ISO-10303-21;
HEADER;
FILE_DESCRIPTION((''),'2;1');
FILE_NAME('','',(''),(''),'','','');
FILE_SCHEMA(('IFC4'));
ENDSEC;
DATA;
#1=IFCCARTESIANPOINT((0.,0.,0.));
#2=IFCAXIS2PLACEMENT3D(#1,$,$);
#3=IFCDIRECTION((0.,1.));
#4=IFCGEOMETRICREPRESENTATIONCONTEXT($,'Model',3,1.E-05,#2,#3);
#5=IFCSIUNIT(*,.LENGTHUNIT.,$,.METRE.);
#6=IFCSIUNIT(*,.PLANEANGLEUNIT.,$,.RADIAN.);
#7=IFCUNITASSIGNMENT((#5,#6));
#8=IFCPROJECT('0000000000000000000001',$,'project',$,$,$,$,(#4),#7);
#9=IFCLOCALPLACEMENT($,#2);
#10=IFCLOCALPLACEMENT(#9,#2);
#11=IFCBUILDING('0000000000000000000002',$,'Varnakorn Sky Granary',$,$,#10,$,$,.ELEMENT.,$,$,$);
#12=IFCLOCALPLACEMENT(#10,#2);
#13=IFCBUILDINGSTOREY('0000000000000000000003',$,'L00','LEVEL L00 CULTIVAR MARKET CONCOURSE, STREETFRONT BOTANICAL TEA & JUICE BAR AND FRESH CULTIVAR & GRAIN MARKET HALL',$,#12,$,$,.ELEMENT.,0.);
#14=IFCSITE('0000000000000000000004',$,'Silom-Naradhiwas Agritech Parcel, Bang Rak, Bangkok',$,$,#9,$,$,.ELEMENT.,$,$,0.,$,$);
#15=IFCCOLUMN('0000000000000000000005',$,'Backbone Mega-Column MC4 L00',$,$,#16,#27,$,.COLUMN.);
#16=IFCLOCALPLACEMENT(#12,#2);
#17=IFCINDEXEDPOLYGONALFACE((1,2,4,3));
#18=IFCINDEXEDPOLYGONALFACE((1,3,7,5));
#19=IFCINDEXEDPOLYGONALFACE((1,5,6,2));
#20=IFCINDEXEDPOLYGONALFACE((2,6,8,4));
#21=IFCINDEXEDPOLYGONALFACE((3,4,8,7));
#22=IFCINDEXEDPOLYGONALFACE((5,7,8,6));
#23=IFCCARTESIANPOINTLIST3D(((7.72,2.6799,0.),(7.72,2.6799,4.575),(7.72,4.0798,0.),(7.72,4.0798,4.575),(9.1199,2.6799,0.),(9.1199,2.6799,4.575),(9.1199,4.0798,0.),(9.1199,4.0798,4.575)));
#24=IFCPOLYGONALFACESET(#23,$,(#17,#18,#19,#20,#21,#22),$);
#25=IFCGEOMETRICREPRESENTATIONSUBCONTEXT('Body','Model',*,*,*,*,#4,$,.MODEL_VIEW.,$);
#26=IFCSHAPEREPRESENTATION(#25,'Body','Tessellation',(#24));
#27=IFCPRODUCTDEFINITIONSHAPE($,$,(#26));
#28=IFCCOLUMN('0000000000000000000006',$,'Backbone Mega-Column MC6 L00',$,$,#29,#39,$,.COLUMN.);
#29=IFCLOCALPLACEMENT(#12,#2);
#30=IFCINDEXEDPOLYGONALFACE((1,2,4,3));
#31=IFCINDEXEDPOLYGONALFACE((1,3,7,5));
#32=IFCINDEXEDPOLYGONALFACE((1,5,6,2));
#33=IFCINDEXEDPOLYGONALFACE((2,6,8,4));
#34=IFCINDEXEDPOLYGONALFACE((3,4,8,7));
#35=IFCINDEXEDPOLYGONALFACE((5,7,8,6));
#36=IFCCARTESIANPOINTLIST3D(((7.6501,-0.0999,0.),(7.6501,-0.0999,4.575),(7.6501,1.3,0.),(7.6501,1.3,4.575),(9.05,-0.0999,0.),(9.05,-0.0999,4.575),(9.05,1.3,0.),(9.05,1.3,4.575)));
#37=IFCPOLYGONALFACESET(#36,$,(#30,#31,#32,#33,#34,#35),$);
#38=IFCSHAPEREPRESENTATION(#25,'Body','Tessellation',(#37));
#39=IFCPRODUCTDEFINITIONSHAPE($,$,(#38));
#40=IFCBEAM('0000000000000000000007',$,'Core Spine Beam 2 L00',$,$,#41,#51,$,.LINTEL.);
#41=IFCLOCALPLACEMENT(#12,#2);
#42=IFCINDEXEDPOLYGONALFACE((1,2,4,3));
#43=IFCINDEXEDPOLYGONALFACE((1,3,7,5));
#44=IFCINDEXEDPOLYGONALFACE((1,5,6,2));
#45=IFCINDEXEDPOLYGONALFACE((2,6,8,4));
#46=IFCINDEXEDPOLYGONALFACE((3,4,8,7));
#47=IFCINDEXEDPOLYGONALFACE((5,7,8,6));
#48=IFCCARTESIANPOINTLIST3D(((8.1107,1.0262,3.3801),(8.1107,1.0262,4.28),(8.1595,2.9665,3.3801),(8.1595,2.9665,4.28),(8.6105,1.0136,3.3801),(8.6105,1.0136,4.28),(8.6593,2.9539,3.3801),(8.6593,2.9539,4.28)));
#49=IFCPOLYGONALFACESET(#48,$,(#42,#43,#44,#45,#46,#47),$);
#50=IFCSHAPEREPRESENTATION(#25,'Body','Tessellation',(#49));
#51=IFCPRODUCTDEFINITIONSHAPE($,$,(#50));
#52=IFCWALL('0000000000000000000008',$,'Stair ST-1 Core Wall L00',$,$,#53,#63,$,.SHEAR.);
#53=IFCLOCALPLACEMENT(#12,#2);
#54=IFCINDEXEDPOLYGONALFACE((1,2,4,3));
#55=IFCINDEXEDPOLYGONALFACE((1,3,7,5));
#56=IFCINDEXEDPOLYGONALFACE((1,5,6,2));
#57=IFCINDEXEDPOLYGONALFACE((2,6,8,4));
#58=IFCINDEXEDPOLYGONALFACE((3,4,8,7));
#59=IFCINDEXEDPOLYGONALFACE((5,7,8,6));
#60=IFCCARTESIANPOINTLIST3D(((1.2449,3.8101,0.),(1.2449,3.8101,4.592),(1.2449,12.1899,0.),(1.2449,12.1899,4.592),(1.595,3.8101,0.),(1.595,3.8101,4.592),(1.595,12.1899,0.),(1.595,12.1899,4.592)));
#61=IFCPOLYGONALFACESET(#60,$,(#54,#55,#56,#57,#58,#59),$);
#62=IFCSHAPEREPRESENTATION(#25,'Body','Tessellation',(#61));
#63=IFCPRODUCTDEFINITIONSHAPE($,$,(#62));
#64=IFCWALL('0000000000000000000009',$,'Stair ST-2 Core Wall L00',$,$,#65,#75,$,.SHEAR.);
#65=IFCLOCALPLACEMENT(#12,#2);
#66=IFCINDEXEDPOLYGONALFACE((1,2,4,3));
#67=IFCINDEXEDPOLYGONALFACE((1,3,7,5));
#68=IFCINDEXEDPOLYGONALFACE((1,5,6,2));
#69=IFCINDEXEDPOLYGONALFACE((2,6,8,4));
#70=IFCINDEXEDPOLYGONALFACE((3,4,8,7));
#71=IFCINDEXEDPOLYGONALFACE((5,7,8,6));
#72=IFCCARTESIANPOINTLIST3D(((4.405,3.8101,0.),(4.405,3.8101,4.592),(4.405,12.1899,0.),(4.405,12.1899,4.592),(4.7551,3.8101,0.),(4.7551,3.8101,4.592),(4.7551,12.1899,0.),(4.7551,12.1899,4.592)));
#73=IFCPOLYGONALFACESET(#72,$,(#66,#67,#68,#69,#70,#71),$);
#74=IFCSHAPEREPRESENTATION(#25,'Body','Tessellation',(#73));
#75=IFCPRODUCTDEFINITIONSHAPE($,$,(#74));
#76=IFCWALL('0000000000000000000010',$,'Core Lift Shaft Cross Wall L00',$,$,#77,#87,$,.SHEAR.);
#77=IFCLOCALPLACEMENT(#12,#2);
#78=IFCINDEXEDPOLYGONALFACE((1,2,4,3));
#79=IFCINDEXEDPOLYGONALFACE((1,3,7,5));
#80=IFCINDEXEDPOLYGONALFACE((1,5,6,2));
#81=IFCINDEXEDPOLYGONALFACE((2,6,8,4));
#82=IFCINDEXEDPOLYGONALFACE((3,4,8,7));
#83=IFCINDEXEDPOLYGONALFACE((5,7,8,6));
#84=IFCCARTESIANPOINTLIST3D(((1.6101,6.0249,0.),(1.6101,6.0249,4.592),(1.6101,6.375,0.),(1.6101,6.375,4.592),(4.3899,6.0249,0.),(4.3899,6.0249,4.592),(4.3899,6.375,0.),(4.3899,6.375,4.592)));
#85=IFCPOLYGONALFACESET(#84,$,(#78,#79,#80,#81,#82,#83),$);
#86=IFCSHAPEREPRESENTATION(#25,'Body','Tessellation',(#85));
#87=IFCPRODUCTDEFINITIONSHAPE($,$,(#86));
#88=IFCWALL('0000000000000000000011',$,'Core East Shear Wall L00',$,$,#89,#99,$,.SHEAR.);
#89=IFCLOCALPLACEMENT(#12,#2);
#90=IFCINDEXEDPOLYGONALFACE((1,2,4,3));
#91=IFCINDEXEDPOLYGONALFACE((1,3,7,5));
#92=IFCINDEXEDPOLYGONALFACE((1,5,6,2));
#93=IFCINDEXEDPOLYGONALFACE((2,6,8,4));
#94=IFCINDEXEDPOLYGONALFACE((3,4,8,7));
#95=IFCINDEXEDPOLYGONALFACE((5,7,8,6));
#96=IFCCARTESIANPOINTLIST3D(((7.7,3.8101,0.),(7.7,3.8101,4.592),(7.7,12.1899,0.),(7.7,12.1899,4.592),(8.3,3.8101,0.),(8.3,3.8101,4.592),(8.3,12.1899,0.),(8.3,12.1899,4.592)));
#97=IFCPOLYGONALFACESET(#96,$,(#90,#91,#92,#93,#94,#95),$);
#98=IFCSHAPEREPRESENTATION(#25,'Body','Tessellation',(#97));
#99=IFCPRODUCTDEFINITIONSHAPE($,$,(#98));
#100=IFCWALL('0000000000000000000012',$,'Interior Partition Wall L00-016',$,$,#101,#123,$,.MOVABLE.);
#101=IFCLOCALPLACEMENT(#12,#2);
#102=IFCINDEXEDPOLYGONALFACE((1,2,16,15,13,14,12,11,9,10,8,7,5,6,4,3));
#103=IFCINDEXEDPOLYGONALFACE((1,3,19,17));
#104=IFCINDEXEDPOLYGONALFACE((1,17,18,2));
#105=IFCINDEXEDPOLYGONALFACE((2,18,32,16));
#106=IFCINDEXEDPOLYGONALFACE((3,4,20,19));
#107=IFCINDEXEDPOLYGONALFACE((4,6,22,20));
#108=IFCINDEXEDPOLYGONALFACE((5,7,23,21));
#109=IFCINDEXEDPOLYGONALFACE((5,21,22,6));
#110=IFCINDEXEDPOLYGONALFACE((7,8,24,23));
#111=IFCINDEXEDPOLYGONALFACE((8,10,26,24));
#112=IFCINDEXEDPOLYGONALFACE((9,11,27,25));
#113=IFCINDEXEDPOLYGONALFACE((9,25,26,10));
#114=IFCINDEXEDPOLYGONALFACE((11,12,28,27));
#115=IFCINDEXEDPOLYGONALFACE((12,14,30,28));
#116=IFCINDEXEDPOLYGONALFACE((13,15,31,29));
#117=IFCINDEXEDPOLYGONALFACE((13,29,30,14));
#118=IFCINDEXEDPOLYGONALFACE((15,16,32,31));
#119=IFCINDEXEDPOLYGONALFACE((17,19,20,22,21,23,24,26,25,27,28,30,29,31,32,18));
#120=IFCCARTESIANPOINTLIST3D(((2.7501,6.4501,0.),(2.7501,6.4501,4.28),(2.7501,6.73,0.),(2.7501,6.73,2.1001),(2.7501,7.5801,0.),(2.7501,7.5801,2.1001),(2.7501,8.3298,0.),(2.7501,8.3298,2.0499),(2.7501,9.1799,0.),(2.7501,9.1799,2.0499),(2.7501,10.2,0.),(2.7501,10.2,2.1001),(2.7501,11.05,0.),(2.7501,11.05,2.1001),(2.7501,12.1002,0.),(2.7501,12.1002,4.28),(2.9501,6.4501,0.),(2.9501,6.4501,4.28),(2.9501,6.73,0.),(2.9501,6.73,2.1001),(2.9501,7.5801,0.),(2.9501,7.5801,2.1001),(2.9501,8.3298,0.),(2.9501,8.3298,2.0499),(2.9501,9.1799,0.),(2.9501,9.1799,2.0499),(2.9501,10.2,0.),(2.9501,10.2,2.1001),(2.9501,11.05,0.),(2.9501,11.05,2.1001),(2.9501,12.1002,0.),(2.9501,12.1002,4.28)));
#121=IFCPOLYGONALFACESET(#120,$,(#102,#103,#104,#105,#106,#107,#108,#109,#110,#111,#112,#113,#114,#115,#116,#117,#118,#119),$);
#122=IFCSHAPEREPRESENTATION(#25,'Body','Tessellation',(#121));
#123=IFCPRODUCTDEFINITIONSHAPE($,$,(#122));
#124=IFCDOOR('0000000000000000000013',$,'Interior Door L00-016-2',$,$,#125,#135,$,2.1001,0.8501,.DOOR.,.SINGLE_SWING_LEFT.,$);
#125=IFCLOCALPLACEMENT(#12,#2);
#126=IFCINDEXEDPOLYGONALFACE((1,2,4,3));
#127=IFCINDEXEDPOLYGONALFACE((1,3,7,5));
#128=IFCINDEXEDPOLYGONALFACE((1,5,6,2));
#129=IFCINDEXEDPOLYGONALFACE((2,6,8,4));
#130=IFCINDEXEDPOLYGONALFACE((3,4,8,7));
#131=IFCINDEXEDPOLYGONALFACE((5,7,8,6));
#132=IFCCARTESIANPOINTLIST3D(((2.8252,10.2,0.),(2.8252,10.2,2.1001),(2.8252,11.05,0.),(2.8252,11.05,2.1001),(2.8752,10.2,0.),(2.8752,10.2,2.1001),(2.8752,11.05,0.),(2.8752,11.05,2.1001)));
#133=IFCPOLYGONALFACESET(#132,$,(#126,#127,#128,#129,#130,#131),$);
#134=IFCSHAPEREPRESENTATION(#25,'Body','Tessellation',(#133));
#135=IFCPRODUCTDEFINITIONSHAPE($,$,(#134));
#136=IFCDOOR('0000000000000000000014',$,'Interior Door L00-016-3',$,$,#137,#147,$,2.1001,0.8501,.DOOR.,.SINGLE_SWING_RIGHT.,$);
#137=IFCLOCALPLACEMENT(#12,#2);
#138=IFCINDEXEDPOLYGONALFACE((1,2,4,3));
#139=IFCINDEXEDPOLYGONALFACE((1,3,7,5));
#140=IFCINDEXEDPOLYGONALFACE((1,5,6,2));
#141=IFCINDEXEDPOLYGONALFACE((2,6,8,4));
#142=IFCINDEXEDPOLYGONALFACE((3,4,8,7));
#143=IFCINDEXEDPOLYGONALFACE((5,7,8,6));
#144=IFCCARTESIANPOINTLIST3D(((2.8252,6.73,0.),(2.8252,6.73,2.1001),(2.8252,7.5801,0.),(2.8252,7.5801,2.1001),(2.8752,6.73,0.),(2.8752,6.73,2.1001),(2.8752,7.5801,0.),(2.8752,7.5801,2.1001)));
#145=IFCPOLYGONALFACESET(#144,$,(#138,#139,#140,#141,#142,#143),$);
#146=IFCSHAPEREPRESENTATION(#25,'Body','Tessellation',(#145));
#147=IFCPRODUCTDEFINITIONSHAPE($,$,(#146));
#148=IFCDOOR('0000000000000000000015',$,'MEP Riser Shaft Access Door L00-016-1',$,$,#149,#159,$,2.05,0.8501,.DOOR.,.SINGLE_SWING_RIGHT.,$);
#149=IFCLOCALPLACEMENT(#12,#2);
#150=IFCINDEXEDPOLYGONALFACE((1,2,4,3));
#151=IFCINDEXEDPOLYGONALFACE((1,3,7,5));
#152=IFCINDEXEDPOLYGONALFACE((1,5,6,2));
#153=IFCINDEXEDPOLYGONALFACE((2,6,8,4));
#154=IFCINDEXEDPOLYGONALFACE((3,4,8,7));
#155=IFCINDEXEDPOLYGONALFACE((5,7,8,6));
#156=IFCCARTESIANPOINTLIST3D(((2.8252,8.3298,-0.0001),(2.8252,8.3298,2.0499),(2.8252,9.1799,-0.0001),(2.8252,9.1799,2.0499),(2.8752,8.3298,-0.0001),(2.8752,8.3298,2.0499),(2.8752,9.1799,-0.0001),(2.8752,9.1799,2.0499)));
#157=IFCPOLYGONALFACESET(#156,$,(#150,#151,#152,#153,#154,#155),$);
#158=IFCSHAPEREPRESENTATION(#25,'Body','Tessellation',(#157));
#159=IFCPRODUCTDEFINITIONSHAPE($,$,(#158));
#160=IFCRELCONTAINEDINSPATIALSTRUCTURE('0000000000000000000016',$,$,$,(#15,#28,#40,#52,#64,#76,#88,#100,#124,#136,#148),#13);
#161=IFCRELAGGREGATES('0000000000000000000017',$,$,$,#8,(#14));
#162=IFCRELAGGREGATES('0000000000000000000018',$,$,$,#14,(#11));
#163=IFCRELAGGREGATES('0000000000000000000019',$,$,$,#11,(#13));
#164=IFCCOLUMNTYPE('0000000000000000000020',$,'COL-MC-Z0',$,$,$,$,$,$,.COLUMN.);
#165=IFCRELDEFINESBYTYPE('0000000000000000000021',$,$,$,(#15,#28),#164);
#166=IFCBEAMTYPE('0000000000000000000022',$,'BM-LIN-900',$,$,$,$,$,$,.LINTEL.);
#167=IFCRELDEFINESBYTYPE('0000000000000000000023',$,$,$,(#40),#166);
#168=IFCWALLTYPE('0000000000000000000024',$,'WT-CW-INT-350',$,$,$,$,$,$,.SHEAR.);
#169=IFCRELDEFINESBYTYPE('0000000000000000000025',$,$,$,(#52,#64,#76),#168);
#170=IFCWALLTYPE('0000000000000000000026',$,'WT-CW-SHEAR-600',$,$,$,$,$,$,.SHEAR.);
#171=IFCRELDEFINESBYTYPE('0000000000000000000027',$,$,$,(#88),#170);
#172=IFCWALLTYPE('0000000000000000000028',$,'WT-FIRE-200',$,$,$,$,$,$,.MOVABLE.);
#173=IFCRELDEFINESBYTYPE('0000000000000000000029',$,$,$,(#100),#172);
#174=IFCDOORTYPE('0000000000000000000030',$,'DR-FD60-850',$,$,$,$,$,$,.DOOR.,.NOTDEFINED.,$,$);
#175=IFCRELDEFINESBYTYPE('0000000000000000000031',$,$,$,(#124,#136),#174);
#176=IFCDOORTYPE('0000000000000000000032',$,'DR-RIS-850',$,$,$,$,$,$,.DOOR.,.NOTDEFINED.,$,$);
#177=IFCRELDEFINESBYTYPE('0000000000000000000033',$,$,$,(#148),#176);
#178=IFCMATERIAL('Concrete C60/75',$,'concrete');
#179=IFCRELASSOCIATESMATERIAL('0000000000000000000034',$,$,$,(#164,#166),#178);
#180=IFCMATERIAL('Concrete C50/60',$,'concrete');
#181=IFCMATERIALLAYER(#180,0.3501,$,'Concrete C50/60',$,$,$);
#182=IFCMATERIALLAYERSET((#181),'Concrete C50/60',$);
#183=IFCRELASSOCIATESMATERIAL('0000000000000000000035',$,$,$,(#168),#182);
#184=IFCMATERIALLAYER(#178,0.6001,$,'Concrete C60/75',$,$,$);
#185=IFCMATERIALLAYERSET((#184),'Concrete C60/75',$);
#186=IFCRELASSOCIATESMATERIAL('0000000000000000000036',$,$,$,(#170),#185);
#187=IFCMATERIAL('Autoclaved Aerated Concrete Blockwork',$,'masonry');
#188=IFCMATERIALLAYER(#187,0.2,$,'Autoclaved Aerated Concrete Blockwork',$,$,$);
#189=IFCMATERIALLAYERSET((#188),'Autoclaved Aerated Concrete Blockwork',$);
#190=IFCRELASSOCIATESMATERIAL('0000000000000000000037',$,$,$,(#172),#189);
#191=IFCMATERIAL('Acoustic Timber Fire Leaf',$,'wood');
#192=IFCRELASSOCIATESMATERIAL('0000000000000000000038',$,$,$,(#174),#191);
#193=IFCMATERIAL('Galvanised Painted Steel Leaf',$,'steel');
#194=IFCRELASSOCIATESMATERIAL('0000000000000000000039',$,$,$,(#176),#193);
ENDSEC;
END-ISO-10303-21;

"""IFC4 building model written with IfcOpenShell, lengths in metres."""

from ifc_helpers import new_model, si_unit, direction, frame, frame_2d, origin, origin_2d, place, context, subcontext, project, spatial, rectangle, extrude, material, layer, layer_set, material_profile, profile_set, type_object, element, fill, save


model = new_model("IFC4")

# Units and contexts
model_context = context("Model", 3, precision=1e-05, world=origin(), true_north=direction((0.0, 1.0)))
body_context = subcontext(model_context, "Body", "Model", "MODEL_VIEW")
ifc_project = project(units=[si_unit("LENGTHUNIT", "METRE"), si_unit("PLANEANGLEUNIT", "RADIAN")], contexts=[model_context])

# Site, building, storey
site_placement = place(None, origin())
site = spatial("IfcSite", under=ifc_project, at=site_placement, Name="Silom-Naradhiwas Agritech Parcel, Bang Rak, Bangkok", CompositionType="ELEMENT", RefElevation=0.0)
building_placement = place(site_placement, origin())
building = spatial("IfcBuilding", under=site, at=building_placement, Name="Varnakorn Sky Granary", CompositionType="ELEMENT")
storey_placement = place(building_placement, origin())
storey = spatial("IfcBuildingStorey", under=building, at=storey_placement, Name="L00", Description="LEVEL L00 CULTIVAR MARKET CONCOURSE, STREETFRONT BOTANICAL TEA & JUICE BAR AND FRESH CULTIVAR & GRAIN MARKET HALL", CompositionType="ELEMENT", Elevation=0.0)

# Columns
ifc_material_1 = material(Name="Concrete C60/75", Category="concrete")
ifc_material_profile_1 = material_profile(ifc_material_1, rectangle(XDim=1.3999, YDim=1.3999, at=origin_2d()), Name="RC 1400x1400")
ifc_profile_set_1 = profile_set([ifc_material_profile_1], Name="Concrete C60/75")
column_type = type_object("IfcColumnType", Name="COL-MC-Z0", PredefinedType="COLUMN", material=ifc_profile_set_1)
for number, where, z_axis, x_axis, name in (
    (1, (8.4199, 3.3799, 0.0), (0.0, 0.0, 1.0), (1.0, 0.0, 0.0), "Backbone Mega-Column MC4 L00"),
    (2, (8.3501, 0.6001, 0.0), (0.0, 0.0, 1.0), (1.0, 0.0, 0.0), "Backbone Mega-Column MC6 L00"),
):
    element("IfcColumn", number, at=place(storey_placement, frame(where, z_axis=z_axis, x_axis=x_axis)), inside=storey, type_object=column_type, Name=name, PredefinedType="COLUMN", context=body_context, shape_type="SweptSolid", body=[
        extrude(rectangle(XDim=1.3999, YDim=1.3999, at=origin_2d()), origin(), (0.0, 0.0, 1.0), 4.575),
    ])

# Beam
ifc_material_profile_2 = material_profile(ifc_material_1, rectangle(XDim=0.5, YDim=0.8999, at=origin_2d()), Name="RC 500x900")
ifc_profile_set_2 = profile_set([ifc_material_profile_2], Name="Concrete C60/75")
beam_type = type_object("IfcBeamType", Name="BM-LIN-900", PredefinedType="LINTEL", material=ifc_profile_set_2)
beam_placement = place(storey_placement, frame((8.4094, 2.9602, 3.8301), z_axis=(-0.025159, -0.999683, 0.0), x_axis=(0.999683, -0.025159, 0.0)))
element("IfcBeam", 3, at=beam_placement, inside=storey, type_object=beam_type, Name="Core Spine Beam 2 L00", PredefinedType="LINTEL", context=body_context, shape_type="SweptSolid", body=[
    extrude(rectangle(XDim=0.5, YDim=0.8999, at=origin_2d()), origin(), (0.0, 0.0, 1.0), 1.9409),
])

# Walls
ifc_material_2 = material(Name="Concrete C50/60", Category="concrete")
ifc_layer_1 = layer(ifc_material_2, 0.3501, Name="Concrete C50/60")
ifc_layer_set_1 = layer_set([ifc_layer_1], Name="Concrete C50/60")
wall_type_1 = type_object("IfcWallType", Name="WT-CW-INT-350", PredefinedType="SHEAR", material=ifc_layer_set_1)
for number, where, z_axis, x_axis, name in (
    (4, (1.4199, 3.8101, 0.0), (0.0, 0.0, 1.0), (0.0, 1.0, 0.0), "Stair ST-1 Core Wall L00"),
    (5, (4.5801, 3.8101, 0.0), (0.0, 0.0, 1.0), (0.0, 1.0, 0.0), "Stair ST-2 Core Wall L00"),
):
    element("IfcWall", number, at=place(storey_placement, frame(where, z_axis=z_axis, x_axis=x_axis)), inside=storey, type_object=wall_type_1, Name=name, PredefinedType="SHEAR", context=body_context, shape_type="SweptSolid", body=[
        extrude(rectangle(XDim=8.3799, YDim=0.3501, at=frame_2d((4.1899, 0.0))), origin(), (0.0, 0.0, 1.0), 4.592),
    ])
wall_1_placement = place(storey_placement, frame((1.6101, 6.2, 0.0), z_axis=(0.0, 0.0, 1.0), x_axis=(1.0, 0.0, 0.0)))
element("IfcWall", 6, at=wall_1_placement, inside=storey, type_object=wall_type_1, Name="Core Lift Shaft Cross Wall L00", PredefinedType="SHEAR", context=body_context, shape_type="SweptSolid", body=[
    extrude(rectangle(XDim=2.7798, YDim=0.3501, at=frame_2d((1.3899, 0.0))), origin(), (0.0, 0.0, 1.0), 4.592),
])
ifc_layer_2 = layer(ifc_material_1, 0.6001, Name="Concrete C60/75")
ifc_layer_set_2 = layer_set([ifc_layer_2], Name="Concrete C60/75")
wall_type_2 = type_object("IfcWallType", Name="WT-CW-SHEAR-600", PredefinedType="SHEAR", material=ifc_layer_set_2)
wall_2_placement = place(storey_placement, frame((8.0, 3.8101, 0.0), z_axis=(0.0, 0.0, 1.0), x_axis=(0.0, 1.0, 0.0)))
element("IfcWall", 7, at=wall_2_placement, inside=storey, type_object=wall_type_2, Name="Core East Shear Wall L00", PredefinedType="SHEAR", context=body_context, shape_type="SweptSolid", body=[
    extrude(rectangle(XDim=8.3799, YDim=0.6001, at=frame_2d((4.1899, 0.0))), origin(), (0.0, 0.0, 1.0), 4.592),
])

# Wall, openings, doors
ifc_material_3 = material(Name="Autoclaved Aerated Concrete Blockwork", Category="masonry")
ifc_layer_3 = layer(ifc_material_3, 0.2, Name="Autoclaved Aerated Concrete Blockwork")
ifc_layer_set_3 = layer_set([ifc_layer_3], Name="Autoclaved Aerated Concrete Blockwork")
wall_type_3 = type_object("IfcWallType", Name="WT-FIRE-200", PredefinedType="MOVABLE", material=ifc_layer_set_3)
wall_3_placement = place(storey_placement, frame((2.8501, 6.45, 0.0), z_axis=(0.0, 0.0, 1.0), x_axis=(0.0, 1.0, 0.0)))
wall_3 = element("IfcWall", 8, at=wall_3_placement, inside=storey, type_object=wall_type_3, Name="Interior Partition Wall L00-016", PredefinedType="MOVABLE", context=body_context, shape_type="SweptSolid", body=[
    extrude(rectangle(XDim=5.6501, YDim=0.2, at=frame_2d((2.8252, 0.0))), origin(), (0.0, 0.0, 1.0), 4.28),
])
opening_1_placement = place(wall_3_placement, frame((1.8799, 0.0, 0.0)))
opening_1 = element("IfcOpeningElement", 9, at=opening_1_placement, cuts=wall_3, PredefinedType="OPENING", context=body_context, shape_type="SweptSolid", body=[
    extrude(rectangle(XDim=0.8501, YDim=2.05, at=frame_2d((0.425, 1.0249))), frame((0.0, 0.1099, 0.0), z_axis=(0.0, -1.0, 0.0), x_axis=(1.0, 0.0, 0.0)), (0.0, 0.0, 1.0), 0.22),
])
opening_2_placement = place(wall_3_placement, frame((3.75, 0.0, 0.0)))
opening_2 = element("IfcOpeningElement", 10, at=opening_2_placement, cuts=wall_3, PredefinedType="OPENING", context=body_context, shape_type="SweptSolid", body=[
    extrude(rectangle(XDim=0.8501, YDim=2.1001, at=frame_2d((0.425, 1.05))), frame((0.0, 0.1099, 0.0), z_axis=(0.0, -1.0, 0.0), x_axis=(1.0, 0.0, 0.0)), (0.0, 0.0, 1.0), 0.22),
])
opening_3_placement = place(wall_3_placement, frame((0.28, 0.0, 0.0)))
opening_3 = element("IfcOpeningElement", 11, at=opening_3_placement, cuts=wall_3, PredefinedType="OPENING", context=body_context, shape_type="SweptSolid", body=[
    extrude(rectangle(XDim=0.8501, YDim=2.1001, at=frame_2d((0.425, 1.05))), frame((0.0, 0.1099, 0.0), z_axis=(0.0, -1.0, 0.0), x_axis=(1.0, 0.0, 0.0)), (0.0, 0.0, 1.0), 0.22),
])
ifc_material_4 = material(Name="Acoustic Timber Fire Leaf", Category="wood")
door_type_1 = type_object("IfcDoorType", Name="DR-FD60-850", OperationType="NOTDEFINED", PredefinedType="DOOR", material=ifc_material_4)
door_1_placement = place(opening_2_placement, origin())
door_1 = element("IfcDoor", 12, at=door_1_placement, inside=storey, type_object=door_type_1, Name="Interior Door L00-016-2", OperationType="SINGLE_SWING_LEFT", OverallHeight=2.1001, OverallWidth=0.8501, PredefinedType="DOOR", context=body_context, shape_type="SweptSolid", body=[
    extrude(rectangle(XDim=0.8501, YDim=2.1001, at=frame_2d((0.425, 1.05))), frame((0.0, 0.0249, 0.0), z_axis=(0.0, -1.0, 0.0), x_axis=(1.0, 0.0, 0.0)), (0.0, 0.0, 1.0), 0.05),
])
fill(opening_2, door_1)
door_2_placement = place(opening_3_placement, origin())
door_2 = element("IfcDoor", 13, at=door_2_placement, inside=storey, type_object=door_type_1, Name="Interior Door L00-016-3", OperationType="SINGLE_SWING_RIGHT", OverallHeight=2.1001, OverallWidth=0.8501, PredefinedType="DOOR", context=body_context, shape_type="SweptSolid", body=[
    extrude(rectangle(XDim=0.8501, YDim=2.1001, at=frame_2d((0.425, 1.05))), frame((0.0, 0.0249, 0.0), z_axis=(0.0, -1.0, 0.0), x_axis=(1.0, 0.0, 0.0)), (0.0, 0.0, 1.0), 0.05),
])
fill(opening_3, door_2)
ifc_material_5 = material(Name="Galvanised Painted Steel Leaf", Category="steel")
door_type_2 = type_object("IfcDoorType", Name="DR-RIS-850", OperationType="NOTDEFINED", PredefinedType="DOOR", material=ifc_material_5)
door_3_placement = place(opening_1_placement, origin())
door_3 = element("IfcDoor", 14, at=door_3_placement, inside=storey, type_object=door_type_2, Name="MEP Riser Shaft Access Door L00-016-1", OperationType="SINGLE_SWING_RIGHT", OverallHeight=2.05, OverallWidth=0.8501, PredefinedType="DOOR", context=body_context, shape_type="SweptSolid", body=[
    extrude(rectangle(XDim=0.8501, YDim=2.05, at=frame_2d((0.425, 1.0249))), frame((0.0, 0.0249, 0.0), z_axis=(0.0, -1.0, 0.0), x_axis=(1.0, 0.0, 0.0)), (0.0, 0.0, 1.0), 0.05),
])
fill(opening_1, door_3)

save(model, "model.ifc")
